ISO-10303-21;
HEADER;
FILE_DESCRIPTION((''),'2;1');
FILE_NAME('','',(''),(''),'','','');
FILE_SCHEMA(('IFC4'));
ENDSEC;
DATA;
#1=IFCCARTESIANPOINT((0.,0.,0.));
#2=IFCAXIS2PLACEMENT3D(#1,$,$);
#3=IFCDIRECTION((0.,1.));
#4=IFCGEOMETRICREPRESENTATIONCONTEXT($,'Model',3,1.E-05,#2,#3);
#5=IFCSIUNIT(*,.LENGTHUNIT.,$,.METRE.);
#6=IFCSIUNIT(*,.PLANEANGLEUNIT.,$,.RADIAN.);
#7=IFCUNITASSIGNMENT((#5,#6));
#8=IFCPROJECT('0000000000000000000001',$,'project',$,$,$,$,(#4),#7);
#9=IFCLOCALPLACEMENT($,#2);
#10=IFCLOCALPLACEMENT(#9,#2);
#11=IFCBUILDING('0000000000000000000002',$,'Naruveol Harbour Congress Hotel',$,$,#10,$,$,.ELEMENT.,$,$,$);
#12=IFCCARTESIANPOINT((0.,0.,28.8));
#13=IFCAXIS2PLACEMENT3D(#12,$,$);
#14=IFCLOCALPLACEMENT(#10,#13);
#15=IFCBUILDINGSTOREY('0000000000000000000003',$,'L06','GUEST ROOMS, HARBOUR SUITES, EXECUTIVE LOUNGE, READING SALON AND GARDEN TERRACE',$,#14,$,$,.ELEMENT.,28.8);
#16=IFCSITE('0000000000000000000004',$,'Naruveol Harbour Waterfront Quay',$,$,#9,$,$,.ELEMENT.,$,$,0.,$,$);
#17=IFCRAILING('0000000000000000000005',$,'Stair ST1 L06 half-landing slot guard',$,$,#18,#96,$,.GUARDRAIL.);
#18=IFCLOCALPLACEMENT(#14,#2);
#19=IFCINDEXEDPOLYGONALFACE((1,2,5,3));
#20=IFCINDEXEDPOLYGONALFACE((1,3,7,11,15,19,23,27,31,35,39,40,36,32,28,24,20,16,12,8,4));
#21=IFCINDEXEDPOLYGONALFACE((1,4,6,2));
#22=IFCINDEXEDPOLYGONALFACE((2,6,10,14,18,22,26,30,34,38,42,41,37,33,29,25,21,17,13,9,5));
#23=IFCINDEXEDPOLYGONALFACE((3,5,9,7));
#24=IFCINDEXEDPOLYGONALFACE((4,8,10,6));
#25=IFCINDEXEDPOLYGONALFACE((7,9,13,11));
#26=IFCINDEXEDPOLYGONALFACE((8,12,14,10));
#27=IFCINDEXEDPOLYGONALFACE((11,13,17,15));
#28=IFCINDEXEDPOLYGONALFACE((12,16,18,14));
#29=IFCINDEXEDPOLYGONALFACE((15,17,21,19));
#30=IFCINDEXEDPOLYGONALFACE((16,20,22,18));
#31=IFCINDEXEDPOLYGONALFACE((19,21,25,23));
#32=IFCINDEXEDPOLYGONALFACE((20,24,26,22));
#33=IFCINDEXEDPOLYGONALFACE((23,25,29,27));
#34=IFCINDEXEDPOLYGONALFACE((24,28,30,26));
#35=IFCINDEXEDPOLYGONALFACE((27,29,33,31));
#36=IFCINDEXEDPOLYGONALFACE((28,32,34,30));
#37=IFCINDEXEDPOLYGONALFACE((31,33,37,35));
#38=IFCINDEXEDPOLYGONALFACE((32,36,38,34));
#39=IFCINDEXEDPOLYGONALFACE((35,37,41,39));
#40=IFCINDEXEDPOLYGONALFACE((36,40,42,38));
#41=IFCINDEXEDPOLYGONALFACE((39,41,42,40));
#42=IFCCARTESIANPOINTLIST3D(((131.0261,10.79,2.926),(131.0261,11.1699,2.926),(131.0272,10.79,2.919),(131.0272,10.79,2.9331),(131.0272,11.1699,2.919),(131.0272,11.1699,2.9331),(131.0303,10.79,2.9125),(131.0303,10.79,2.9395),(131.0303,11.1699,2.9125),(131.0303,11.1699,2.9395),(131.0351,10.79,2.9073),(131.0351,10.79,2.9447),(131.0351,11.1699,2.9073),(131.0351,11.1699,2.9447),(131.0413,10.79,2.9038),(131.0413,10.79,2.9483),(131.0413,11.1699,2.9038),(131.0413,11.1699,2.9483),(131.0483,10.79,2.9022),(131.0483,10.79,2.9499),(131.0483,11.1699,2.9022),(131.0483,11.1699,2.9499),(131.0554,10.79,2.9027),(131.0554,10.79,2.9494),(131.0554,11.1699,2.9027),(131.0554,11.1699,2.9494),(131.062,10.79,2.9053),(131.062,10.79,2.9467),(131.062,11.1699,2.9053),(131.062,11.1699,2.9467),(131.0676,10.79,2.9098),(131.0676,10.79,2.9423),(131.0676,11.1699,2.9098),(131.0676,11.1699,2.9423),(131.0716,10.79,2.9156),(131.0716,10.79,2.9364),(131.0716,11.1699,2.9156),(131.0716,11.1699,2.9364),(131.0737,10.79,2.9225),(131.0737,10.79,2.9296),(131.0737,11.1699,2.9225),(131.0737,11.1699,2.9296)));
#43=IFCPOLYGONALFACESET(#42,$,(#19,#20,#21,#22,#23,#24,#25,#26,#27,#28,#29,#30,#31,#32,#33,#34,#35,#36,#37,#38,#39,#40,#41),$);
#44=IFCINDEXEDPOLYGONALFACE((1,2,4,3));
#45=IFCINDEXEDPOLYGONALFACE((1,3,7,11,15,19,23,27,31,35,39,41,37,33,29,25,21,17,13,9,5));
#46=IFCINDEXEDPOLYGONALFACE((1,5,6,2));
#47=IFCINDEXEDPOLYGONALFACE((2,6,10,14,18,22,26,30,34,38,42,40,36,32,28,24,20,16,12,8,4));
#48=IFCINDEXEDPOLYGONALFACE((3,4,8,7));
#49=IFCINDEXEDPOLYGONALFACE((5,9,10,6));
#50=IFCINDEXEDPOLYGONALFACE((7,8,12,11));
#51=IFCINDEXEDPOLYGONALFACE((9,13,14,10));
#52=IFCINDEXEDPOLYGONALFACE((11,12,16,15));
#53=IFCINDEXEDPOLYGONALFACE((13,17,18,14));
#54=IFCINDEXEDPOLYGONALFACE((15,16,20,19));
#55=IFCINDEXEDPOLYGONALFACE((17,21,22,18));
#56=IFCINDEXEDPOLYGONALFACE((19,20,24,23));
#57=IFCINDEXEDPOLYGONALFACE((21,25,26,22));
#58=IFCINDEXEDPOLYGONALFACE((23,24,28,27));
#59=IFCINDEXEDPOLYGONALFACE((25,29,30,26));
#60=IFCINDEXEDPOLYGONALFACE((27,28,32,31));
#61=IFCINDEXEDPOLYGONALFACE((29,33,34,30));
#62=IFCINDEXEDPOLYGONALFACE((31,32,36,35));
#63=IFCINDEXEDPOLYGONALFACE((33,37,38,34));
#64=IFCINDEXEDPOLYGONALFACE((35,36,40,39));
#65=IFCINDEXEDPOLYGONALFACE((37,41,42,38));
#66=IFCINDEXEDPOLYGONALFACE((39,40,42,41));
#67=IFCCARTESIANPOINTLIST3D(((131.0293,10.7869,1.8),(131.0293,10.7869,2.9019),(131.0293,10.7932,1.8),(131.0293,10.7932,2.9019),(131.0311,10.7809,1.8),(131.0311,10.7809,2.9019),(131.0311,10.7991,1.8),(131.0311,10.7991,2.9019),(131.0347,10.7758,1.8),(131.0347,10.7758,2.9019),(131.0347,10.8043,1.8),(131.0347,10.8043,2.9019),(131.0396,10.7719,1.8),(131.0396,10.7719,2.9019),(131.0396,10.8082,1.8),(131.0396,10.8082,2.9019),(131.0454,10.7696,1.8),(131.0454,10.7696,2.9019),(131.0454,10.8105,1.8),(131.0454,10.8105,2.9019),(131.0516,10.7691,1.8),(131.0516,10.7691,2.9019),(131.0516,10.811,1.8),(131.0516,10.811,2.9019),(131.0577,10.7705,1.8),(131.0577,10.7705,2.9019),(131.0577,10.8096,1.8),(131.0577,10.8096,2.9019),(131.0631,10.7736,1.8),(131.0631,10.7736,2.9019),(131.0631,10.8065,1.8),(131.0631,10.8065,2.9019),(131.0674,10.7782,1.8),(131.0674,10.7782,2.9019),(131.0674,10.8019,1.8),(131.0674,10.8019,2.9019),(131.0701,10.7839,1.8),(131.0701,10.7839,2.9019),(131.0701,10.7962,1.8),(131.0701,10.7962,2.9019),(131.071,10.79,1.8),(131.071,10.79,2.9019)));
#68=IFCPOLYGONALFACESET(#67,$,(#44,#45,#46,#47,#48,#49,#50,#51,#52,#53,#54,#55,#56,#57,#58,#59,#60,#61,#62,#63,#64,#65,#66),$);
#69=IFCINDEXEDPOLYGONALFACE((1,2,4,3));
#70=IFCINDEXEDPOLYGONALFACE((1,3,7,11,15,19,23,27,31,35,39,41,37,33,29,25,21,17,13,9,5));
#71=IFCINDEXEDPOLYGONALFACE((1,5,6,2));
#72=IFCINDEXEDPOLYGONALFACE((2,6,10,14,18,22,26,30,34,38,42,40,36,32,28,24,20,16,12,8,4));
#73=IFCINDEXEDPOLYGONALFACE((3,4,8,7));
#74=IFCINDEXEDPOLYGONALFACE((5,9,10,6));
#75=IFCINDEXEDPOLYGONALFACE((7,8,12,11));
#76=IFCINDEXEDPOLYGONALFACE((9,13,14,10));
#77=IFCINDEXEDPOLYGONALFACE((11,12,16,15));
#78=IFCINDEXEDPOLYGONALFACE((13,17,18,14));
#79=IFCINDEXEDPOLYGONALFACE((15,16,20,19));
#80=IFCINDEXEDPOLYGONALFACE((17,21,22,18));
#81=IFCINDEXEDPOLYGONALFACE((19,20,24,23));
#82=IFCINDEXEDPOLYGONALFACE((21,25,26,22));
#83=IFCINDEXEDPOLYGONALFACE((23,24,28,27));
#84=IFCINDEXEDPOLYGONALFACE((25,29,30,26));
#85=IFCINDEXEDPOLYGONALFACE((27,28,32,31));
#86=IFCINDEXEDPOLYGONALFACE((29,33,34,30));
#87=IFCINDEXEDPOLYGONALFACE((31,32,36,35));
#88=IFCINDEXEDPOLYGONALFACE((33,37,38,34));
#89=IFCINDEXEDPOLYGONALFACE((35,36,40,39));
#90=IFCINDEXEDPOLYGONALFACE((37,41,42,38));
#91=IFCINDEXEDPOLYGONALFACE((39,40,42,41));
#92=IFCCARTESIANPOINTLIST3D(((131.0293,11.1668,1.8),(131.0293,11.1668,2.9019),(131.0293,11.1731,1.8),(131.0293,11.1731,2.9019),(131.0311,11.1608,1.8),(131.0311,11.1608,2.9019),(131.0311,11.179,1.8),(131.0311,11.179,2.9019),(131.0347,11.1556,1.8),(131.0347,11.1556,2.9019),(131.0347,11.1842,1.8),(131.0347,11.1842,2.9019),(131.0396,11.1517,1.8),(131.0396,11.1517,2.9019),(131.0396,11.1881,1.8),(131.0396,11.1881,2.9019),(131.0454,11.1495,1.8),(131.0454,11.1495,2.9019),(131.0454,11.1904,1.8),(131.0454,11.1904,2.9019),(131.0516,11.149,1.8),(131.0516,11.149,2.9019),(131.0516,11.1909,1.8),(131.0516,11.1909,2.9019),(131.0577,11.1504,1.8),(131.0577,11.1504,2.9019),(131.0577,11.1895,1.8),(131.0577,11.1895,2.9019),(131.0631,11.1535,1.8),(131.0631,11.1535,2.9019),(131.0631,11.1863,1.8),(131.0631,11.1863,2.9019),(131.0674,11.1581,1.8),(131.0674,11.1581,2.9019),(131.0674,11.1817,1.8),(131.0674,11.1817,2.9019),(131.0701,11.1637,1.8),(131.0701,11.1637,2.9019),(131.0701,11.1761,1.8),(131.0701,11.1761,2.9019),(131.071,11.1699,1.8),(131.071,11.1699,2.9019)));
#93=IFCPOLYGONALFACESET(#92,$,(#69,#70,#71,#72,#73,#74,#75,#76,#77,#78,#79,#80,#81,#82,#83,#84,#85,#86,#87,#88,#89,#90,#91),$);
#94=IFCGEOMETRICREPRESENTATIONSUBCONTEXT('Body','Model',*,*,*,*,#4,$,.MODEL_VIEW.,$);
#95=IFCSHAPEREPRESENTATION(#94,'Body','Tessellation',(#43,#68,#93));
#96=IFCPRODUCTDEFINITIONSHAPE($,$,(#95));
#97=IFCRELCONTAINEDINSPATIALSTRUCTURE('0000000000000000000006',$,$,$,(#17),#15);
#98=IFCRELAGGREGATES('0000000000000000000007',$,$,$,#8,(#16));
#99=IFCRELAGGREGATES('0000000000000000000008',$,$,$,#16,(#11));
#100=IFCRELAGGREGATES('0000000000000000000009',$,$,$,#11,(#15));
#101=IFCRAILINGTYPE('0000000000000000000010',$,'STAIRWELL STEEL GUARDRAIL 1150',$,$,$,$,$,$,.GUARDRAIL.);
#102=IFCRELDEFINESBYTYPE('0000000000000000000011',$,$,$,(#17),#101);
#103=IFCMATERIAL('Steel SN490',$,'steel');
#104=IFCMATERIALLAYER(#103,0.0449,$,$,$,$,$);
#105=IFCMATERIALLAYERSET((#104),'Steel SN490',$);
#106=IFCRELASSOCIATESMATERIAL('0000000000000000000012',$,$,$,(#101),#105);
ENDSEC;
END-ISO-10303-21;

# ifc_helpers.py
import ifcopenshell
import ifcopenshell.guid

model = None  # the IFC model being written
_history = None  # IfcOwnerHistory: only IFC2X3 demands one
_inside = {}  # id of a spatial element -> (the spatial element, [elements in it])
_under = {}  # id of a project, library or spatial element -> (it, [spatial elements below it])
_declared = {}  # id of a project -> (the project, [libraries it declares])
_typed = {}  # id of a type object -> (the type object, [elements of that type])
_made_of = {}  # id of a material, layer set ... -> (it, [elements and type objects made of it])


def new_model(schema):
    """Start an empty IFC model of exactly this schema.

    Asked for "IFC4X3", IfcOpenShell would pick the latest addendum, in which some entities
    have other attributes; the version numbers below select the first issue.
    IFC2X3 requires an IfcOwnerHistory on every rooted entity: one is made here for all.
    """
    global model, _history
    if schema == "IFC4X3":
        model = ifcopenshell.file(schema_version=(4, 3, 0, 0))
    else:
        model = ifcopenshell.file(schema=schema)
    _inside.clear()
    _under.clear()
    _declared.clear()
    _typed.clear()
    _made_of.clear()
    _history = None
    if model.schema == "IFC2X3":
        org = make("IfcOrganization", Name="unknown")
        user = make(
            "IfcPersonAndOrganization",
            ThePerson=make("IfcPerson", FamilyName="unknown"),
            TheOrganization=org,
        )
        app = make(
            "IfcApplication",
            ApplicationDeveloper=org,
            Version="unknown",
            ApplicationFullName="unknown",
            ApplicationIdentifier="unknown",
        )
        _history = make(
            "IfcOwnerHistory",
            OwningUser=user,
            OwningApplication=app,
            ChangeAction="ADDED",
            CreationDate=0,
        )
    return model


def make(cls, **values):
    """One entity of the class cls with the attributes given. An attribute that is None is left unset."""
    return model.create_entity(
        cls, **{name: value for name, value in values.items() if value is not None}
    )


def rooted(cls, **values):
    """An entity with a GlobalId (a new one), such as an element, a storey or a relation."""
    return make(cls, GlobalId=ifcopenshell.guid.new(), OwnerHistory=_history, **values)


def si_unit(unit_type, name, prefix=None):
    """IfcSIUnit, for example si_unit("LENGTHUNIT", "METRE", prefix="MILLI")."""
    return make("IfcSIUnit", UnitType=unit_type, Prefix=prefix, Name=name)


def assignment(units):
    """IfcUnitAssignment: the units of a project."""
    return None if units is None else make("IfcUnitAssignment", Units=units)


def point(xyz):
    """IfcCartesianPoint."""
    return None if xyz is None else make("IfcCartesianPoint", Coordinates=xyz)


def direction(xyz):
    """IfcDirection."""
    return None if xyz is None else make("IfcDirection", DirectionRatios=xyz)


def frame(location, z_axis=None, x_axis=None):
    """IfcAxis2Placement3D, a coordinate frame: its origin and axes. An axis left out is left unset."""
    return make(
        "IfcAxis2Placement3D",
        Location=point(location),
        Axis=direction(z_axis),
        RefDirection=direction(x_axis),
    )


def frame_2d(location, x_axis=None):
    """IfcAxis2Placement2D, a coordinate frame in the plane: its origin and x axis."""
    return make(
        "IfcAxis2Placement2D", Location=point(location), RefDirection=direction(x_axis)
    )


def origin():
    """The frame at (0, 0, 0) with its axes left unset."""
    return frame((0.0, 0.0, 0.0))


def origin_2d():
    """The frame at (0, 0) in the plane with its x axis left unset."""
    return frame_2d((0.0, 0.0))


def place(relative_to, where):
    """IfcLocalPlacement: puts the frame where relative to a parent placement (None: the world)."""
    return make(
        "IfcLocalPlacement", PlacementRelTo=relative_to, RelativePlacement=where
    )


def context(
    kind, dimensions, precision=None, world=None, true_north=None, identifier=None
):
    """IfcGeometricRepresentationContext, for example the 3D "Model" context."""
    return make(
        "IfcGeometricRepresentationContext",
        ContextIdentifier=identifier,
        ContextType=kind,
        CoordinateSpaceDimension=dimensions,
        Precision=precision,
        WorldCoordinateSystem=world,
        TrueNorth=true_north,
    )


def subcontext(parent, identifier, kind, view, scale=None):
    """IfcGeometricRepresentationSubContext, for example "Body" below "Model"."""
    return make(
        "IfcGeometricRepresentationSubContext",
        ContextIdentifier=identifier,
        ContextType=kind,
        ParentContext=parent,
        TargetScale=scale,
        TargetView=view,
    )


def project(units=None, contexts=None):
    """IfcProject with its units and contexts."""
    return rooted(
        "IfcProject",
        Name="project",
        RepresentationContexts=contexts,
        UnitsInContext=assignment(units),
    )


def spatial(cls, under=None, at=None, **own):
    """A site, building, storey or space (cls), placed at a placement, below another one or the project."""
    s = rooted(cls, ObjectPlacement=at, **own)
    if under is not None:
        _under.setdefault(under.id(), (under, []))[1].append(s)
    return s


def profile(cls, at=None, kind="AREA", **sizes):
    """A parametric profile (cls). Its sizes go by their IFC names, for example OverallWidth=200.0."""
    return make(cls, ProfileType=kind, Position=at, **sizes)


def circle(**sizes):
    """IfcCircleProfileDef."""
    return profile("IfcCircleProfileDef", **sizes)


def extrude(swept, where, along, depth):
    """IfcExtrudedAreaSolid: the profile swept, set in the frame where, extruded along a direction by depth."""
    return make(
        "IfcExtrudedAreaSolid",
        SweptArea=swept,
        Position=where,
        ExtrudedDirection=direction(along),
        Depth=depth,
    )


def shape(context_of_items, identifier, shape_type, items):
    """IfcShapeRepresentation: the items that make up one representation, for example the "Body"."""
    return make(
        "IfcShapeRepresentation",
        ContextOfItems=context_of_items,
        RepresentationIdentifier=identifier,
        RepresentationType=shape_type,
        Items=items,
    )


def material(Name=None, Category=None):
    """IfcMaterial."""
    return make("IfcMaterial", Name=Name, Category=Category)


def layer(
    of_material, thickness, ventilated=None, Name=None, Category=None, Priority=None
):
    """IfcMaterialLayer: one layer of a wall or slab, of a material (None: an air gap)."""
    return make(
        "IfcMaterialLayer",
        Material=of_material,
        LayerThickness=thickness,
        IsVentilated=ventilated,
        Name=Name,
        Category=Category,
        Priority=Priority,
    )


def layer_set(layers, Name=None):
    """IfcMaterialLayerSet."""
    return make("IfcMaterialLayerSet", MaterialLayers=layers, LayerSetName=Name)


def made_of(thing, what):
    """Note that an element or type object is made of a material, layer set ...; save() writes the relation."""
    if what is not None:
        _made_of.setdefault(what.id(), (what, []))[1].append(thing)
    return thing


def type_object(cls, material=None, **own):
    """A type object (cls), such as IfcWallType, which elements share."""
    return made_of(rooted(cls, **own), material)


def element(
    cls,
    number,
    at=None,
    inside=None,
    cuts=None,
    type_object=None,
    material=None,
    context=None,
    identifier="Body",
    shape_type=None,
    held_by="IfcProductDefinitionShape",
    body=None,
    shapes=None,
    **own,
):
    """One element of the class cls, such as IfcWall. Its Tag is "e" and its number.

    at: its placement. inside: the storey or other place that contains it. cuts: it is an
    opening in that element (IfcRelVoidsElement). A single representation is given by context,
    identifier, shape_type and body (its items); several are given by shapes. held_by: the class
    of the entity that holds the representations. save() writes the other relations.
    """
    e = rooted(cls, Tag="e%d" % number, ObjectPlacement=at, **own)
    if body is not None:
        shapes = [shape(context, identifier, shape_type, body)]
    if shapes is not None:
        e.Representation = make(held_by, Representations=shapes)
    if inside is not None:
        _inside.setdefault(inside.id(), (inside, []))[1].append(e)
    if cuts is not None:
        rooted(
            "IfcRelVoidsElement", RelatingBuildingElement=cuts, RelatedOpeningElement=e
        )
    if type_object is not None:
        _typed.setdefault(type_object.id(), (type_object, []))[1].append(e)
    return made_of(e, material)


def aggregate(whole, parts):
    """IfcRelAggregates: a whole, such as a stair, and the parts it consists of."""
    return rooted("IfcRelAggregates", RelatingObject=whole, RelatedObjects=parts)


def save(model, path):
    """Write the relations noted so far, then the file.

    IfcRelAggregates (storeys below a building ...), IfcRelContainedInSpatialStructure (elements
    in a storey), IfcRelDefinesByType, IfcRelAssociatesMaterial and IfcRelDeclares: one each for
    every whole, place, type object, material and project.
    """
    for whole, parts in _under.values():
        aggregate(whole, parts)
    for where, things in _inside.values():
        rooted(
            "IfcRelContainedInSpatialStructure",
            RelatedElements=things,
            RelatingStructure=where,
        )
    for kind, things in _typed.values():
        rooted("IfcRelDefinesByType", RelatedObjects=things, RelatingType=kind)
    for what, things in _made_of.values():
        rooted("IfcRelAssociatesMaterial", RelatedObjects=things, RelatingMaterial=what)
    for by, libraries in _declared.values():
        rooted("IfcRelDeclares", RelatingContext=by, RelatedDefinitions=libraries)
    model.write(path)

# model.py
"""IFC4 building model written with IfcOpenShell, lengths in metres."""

from ifc_helpers import new_model, si_unit, direction, frame, origin, origin_2d, place, context, subcontext, project, spatial, circle, extrude, material, layer, layer_set, type_object, element, save


model = new_model("IFC4")

# Units and contexts
model_context = context("Model", 3, precision=1e-05, world=origin(), true_north=direction((0.0, 1.0)))
body_context = subcontext(model_context, "Body", "Model", "MODEL_VIEW")
ifc_project = project(units=[si_unit("LENGTHUNIT", "METRE"), si_unit("PLANEANGLEUNIT", "RADIAN")], contexts=[model_context])

# Site, building, storey
site_placement = place(None, origin())
site = spatial("IfcSite", under=ifc_project, at=site_placement, Name="Naruveol Harbour Waterfront Quay", CompositionType="ELEMENT", RefElevation=0.0)
building_placement = place(site_placement, origin())
building = spatial("IfcBuilding", under=site, at=building_placement, Name="Naruveol Harbour Congress Hotel", CompositionType="ELEMENT")
storey_placement = place(building_placement, frame((0.0, 0.0, 28.8)))
storey = spatial("IfcBuildingStorey", under=building, at=storey_placement, Name="L06", Description="GUEST ROOMS, HARBOUR SUITES, EXECUTIVE LOUNGE, READING SALON AND GARDEN TERRACE", CompositionType="ELEMENT", Elevation=28.8)

# Railing
ifc_material_1 = material(Name="Steel SN490", Category="steel")
ifc_layer_1 = layer(ifc_material_1, 0.0449)
ifc_layer_set_1 = layer_set([ifc_layer_1], Name="Steel SN490")
railing_type_1 = type_object("IfcRailingType", Name="STAIRWELL STEEL GUARDRAIL 1150", PredefinedType="GUARDRAIL", material=ifc_layer_set_1)
railing_1_placement = place(storey_placement, frame((131.05, 10.79, 1.8)))
element("IfcRailing", 1, at=railing_1_placement, inside=storey, type_object=railing_type_1, Name="Stair ST1 L06 half-landing slot guard", PredefinedType="GUARDRAIL", context=body_context, shape_type="SweptSolid", body=[
    extrude(circle(Radius=0.0239, at=origin_2d()), frame((0.0, 0.0, 1.126), z_axis=(0.0, 1.0, 0.0), x_axis=(-1.0, 0.0, 0.0)), (0.0, 0.0, 1.0), 0.3799),
    extrude(circle(Radius=0.021, at=origin_2d()), origin(), (0.0, 0.0, 1.0), 1.1018),
    extrude(circle(Radius=0.021, at=origin_2d()), frame((0.0, 0.3799, 0.0)), (0.0, 0.0, 1.0), 1.1018),
])

save(model, "model.ifc")
